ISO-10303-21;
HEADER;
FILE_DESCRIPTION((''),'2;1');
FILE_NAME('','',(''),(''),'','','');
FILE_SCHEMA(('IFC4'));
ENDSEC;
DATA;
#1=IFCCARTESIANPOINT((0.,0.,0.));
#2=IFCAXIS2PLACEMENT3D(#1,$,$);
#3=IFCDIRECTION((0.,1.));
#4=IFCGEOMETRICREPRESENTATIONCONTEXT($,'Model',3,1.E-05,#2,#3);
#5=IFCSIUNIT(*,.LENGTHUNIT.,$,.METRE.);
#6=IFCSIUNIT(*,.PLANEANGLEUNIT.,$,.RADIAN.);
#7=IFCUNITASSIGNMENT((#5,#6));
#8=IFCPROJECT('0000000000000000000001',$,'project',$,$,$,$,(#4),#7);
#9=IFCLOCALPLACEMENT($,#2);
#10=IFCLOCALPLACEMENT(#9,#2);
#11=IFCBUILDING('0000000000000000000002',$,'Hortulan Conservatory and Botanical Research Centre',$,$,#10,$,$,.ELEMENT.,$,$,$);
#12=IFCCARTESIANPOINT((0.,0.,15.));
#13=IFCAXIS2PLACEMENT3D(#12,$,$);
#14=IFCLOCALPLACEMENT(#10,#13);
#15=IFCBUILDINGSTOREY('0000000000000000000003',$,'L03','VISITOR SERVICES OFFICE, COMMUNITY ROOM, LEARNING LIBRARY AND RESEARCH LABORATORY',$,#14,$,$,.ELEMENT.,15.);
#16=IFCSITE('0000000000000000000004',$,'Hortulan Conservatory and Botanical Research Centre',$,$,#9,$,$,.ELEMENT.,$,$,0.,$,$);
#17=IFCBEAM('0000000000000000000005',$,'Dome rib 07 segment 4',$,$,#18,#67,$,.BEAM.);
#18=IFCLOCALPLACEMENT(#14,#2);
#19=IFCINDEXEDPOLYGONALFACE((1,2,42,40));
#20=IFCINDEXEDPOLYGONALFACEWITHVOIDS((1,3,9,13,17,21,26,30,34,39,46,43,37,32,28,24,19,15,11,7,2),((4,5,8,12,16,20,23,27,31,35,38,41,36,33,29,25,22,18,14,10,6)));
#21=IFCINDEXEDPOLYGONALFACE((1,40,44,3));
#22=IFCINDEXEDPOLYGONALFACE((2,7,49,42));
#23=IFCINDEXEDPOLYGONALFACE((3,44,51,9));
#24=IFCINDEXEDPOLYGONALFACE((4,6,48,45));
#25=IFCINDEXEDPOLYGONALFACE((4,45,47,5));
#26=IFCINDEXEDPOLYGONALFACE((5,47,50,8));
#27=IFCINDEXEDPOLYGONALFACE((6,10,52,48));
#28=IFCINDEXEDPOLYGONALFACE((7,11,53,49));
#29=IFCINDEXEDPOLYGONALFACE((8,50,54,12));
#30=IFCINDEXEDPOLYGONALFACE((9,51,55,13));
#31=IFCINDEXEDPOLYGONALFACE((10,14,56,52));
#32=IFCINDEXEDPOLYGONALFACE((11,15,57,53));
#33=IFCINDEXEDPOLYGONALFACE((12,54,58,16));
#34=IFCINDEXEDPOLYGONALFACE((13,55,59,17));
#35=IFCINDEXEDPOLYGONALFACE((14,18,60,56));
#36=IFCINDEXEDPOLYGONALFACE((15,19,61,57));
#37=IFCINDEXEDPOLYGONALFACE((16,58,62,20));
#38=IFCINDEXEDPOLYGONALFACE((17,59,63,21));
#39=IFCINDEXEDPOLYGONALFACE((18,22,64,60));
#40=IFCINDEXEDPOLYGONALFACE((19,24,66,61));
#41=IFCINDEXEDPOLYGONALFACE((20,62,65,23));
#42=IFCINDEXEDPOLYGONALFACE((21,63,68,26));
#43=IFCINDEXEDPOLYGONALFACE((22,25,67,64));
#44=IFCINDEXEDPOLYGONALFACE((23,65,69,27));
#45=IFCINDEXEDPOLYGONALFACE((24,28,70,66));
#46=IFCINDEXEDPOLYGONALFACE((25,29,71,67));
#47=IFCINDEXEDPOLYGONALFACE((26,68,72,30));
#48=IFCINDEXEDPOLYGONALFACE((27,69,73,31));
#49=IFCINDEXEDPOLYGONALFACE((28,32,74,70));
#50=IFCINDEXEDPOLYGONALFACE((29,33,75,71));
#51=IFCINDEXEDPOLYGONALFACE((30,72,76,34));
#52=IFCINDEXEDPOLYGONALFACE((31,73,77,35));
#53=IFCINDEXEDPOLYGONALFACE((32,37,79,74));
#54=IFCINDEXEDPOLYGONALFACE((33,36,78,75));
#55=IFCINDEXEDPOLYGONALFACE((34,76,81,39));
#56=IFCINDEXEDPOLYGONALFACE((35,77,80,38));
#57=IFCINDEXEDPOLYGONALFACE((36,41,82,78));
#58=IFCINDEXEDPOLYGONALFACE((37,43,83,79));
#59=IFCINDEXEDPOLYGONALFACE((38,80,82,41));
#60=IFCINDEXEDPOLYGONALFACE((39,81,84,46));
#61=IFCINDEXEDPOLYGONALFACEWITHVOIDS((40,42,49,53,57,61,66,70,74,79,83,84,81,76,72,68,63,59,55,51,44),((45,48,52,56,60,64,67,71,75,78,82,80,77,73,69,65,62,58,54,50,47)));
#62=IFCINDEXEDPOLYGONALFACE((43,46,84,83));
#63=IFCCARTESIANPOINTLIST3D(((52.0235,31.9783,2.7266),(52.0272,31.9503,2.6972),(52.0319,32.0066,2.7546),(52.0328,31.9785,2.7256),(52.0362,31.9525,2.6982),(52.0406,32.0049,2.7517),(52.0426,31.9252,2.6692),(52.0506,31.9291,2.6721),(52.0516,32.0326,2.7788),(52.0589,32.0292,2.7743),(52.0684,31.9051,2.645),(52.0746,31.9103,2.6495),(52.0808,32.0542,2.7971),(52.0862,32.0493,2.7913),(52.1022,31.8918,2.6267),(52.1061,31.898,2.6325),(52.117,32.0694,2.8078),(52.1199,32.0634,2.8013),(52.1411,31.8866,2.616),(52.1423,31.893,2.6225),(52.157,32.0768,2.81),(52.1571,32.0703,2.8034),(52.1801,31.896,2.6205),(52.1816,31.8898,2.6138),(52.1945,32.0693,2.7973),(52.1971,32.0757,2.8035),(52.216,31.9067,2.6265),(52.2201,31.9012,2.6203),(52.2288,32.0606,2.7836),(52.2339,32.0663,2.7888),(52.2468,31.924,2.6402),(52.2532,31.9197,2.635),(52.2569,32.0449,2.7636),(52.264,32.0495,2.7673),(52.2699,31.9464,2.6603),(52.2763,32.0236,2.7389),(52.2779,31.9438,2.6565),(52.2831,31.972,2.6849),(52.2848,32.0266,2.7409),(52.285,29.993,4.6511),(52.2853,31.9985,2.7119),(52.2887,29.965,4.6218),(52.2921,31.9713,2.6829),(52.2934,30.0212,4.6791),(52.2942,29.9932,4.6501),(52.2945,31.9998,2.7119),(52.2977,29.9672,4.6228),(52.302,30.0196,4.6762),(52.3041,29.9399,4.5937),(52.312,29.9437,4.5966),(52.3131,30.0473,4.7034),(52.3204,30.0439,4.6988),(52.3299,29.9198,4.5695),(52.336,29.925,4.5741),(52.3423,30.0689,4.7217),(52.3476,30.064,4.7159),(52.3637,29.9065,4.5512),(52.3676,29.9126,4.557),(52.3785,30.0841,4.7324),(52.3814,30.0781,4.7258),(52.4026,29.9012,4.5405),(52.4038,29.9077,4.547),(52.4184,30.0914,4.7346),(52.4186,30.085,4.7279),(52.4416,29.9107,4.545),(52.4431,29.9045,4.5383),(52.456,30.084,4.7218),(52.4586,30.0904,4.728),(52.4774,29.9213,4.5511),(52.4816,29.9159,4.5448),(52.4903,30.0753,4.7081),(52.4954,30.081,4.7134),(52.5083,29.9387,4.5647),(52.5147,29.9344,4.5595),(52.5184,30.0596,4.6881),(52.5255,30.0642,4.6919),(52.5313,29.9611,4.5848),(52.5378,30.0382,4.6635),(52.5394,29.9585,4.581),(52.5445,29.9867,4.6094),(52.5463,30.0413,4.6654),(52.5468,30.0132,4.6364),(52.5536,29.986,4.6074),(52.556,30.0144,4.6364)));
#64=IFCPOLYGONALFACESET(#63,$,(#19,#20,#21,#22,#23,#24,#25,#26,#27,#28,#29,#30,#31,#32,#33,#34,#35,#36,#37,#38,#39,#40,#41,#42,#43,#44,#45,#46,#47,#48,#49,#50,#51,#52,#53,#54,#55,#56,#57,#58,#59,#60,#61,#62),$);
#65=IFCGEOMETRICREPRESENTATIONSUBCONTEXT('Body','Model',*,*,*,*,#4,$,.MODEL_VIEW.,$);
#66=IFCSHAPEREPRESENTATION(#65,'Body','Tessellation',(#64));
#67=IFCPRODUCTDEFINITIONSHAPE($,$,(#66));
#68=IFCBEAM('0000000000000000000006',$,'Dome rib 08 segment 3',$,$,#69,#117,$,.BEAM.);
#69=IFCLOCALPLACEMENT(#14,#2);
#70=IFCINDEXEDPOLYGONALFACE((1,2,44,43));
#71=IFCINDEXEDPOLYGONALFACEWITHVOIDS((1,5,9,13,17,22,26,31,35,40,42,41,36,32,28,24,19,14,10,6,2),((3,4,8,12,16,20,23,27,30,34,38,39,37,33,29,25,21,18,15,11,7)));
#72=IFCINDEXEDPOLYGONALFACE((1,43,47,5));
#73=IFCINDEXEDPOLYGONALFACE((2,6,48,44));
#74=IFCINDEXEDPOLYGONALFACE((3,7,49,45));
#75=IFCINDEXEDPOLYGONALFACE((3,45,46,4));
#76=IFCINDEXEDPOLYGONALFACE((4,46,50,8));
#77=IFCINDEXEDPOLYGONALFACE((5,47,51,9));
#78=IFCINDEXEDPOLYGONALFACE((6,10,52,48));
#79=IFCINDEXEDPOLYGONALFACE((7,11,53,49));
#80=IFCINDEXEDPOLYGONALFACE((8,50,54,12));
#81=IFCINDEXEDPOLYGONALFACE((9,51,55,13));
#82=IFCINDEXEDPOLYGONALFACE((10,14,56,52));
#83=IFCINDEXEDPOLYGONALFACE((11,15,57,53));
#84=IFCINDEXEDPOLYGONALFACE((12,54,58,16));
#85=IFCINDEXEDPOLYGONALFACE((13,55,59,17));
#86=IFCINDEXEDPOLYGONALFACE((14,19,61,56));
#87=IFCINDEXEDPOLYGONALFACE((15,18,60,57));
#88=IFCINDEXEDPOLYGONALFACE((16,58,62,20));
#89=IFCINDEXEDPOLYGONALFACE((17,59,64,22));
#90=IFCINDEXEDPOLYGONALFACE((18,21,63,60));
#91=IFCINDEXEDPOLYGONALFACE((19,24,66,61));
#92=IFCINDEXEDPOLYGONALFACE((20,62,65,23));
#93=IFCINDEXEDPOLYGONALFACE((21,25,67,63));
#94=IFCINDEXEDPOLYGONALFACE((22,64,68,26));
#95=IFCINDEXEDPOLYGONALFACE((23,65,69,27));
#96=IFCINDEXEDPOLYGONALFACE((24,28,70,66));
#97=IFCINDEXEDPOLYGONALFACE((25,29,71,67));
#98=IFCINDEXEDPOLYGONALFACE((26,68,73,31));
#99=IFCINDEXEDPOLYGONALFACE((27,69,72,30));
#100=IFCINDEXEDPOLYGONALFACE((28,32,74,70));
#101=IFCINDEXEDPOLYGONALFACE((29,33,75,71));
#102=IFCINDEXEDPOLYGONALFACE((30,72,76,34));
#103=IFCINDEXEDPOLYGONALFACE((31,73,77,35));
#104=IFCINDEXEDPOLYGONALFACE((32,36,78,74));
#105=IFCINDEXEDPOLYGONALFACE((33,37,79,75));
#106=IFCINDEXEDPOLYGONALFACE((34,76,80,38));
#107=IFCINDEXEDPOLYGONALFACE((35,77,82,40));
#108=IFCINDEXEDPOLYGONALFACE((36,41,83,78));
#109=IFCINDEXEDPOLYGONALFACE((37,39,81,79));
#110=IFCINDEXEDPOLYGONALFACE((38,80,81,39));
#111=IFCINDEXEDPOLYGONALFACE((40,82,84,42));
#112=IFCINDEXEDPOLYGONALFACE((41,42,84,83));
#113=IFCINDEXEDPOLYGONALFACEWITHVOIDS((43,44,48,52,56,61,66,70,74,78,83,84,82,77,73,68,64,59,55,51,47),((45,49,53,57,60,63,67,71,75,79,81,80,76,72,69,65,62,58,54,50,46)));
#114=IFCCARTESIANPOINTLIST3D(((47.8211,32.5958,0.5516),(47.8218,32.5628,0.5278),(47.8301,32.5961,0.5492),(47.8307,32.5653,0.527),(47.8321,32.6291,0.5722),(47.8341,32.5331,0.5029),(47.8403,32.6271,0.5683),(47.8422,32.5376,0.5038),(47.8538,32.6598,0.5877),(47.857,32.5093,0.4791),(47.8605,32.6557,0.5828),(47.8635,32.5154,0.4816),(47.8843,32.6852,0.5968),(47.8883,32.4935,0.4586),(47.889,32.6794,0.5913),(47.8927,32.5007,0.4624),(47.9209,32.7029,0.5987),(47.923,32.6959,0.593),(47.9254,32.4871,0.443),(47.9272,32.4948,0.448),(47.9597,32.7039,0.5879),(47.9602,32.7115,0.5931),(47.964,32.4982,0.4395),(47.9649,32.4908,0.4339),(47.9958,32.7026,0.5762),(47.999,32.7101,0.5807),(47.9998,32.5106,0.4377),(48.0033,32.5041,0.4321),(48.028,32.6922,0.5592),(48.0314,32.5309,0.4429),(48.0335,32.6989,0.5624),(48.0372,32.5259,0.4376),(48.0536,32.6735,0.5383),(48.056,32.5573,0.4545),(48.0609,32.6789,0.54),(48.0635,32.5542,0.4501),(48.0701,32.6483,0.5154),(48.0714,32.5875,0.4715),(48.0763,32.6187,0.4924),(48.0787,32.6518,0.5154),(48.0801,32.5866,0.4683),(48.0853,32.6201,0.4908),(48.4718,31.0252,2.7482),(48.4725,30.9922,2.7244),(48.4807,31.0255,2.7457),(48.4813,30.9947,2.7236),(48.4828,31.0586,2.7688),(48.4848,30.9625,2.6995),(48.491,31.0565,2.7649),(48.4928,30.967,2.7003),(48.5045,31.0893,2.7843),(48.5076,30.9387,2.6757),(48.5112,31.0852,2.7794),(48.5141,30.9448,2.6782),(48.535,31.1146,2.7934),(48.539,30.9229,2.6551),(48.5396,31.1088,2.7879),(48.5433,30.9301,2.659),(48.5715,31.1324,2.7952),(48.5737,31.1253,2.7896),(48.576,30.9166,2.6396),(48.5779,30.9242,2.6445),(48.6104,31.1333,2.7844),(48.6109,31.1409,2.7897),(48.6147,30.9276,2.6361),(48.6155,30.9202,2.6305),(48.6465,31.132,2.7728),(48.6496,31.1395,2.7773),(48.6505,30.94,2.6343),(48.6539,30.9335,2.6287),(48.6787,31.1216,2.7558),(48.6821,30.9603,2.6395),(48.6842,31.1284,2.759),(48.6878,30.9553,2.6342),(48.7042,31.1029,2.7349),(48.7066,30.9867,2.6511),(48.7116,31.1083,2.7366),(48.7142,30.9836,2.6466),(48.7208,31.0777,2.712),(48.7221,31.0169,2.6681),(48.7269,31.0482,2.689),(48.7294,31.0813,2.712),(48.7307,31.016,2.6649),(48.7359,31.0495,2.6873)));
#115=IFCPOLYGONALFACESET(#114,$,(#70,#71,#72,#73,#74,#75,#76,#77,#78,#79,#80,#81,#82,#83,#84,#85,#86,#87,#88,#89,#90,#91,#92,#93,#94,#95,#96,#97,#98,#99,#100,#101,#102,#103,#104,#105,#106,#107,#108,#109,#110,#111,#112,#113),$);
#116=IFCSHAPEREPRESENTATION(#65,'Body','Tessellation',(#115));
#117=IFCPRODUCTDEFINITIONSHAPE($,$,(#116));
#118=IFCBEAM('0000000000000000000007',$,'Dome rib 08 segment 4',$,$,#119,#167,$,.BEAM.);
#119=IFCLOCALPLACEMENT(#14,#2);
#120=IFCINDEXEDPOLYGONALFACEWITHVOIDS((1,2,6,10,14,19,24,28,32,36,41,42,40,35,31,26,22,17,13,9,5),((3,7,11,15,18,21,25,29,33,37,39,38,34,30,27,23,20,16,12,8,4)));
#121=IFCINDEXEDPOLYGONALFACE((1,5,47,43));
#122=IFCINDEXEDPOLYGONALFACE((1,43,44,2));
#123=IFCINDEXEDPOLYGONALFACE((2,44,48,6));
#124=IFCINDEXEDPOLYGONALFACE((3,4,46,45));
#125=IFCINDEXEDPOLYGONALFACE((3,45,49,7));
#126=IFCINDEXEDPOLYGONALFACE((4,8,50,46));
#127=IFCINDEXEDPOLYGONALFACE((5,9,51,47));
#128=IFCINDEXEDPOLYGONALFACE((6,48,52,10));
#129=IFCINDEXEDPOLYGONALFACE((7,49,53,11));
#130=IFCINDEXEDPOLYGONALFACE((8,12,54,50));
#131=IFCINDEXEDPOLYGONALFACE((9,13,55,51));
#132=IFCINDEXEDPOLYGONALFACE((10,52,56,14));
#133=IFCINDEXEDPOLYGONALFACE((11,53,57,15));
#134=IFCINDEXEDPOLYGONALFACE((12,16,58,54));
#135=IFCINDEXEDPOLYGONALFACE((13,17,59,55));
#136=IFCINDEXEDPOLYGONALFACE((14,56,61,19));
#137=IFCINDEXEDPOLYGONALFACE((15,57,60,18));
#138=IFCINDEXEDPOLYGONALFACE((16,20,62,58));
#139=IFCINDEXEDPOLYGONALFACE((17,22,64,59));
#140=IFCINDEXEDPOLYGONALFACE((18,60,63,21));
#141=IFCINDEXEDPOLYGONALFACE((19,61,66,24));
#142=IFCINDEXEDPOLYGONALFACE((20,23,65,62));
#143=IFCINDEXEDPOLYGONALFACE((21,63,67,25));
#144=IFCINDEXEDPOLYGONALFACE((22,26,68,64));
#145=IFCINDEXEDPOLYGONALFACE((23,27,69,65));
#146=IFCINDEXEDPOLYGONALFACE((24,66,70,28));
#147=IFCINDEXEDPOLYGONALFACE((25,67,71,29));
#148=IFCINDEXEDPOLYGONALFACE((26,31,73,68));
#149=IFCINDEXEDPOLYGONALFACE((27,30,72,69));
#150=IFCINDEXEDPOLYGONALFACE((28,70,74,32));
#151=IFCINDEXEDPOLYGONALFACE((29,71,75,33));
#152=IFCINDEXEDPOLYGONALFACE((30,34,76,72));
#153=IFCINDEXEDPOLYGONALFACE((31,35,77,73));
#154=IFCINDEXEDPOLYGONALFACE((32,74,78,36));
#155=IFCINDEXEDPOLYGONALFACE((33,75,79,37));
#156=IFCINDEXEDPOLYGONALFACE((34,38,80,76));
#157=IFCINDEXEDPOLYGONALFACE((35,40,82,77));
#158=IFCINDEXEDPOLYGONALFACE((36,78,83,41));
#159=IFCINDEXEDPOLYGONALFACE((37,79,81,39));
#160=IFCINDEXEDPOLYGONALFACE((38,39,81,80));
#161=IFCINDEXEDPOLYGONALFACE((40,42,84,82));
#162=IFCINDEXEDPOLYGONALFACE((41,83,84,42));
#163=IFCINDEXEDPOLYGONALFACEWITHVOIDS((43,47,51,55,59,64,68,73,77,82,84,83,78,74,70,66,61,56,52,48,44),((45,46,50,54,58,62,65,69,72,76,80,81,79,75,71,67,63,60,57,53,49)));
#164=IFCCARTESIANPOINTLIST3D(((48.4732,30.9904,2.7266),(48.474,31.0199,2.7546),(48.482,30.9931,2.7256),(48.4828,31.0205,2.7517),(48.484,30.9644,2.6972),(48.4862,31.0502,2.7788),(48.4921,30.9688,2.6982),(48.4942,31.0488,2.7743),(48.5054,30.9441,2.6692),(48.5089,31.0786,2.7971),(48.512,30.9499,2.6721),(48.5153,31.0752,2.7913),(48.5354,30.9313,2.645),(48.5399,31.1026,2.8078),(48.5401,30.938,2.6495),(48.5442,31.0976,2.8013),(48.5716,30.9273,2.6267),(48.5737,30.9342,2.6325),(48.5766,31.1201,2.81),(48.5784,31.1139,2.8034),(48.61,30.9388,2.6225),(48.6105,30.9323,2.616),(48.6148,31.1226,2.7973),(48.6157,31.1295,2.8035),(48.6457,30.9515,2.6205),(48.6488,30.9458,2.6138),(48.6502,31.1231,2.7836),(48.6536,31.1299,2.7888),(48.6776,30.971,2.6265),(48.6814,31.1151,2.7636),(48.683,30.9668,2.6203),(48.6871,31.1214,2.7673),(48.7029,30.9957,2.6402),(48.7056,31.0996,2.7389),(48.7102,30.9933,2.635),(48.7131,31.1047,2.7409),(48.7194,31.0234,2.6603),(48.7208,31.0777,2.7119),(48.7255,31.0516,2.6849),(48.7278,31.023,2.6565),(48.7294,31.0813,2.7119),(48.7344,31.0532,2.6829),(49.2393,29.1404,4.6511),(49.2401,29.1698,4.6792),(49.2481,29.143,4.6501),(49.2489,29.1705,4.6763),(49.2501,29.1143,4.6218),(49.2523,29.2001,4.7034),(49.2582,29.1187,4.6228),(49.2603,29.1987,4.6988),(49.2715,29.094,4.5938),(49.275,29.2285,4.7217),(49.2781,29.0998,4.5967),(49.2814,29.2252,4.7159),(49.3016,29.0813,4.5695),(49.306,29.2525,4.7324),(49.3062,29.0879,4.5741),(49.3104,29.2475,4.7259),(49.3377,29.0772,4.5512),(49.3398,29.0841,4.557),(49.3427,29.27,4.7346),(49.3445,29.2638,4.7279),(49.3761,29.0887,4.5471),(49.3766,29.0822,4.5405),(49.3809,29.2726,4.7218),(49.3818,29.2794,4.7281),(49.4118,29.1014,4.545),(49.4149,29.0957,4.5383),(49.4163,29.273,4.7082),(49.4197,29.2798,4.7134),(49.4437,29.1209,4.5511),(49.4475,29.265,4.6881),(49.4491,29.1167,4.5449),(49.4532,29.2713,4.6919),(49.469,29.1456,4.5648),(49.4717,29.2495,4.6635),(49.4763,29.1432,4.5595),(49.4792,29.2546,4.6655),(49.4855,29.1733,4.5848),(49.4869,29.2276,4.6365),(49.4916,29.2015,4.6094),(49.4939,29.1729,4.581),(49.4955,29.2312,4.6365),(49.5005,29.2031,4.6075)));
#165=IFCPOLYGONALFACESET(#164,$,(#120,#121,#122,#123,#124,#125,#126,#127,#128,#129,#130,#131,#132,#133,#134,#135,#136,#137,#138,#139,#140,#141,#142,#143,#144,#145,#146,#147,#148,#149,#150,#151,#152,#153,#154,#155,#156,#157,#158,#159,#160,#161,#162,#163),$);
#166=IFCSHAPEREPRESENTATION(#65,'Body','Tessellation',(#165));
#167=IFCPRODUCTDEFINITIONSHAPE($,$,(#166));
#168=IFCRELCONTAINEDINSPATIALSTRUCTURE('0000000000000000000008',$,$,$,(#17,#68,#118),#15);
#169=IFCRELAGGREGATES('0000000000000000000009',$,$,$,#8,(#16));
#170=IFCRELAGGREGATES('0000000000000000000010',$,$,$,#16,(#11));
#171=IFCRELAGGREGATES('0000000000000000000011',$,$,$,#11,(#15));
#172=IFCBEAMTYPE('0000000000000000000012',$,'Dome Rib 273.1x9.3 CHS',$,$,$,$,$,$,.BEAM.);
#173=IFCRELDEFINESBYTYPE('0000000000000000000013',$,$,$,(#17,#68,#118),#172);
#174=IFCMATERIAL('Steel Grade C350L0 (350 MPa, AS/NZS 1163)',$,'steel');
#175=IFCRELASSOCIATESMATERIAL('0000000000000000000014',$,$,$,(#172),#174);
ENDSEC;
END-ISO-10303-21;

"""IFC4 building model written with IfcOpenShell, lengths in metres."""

from ifc_helpers import new_model, si_unit, direction, frame, origin, origin_2d, place, context, subcontext, project, spatial, hollow_circle, extrude, material, material_profile, profile_set, type_object, element, save


model = new_model("IFC4")

# Units and contexts
model_context = context("Model", 3, precision=1e-05, world=origin(), true_north=direction((0.0, 1.0)))
body_context = subcontext(model_context, "Body", "Model", "MODEL_VIEW")
ifc_project = project(units=[si_unit("LENGTHUNIT", "METRE"), si_unit("PLANEANGLEUNIT", "RADIAN")], contexts=[model_context])

# Site, building, storey
site_placement = place(None, origin())
site = spatial("IfcSite", under=ifc_project, at=site_placement, Name="Hortulan Conservatory and Botanical Research Centre", CompositionType="ELEMENT", RefElevation=0.0)
building_placement = place(site_placement, origin())
building = spatial("IfcBuilding", under=site, at=building_placement, Name="Hortulan Conservatory and Botanical Research Centre", CompositionType="ELEMENT")
storey_placement = place(building_placement, frame((0.0, 0.0, 15.0)))
storey = spatial("IfcBuildingStorey", under=building, at=storey_placement, Name="L03", Description="VISITOR SERVICES OFFICE, COMMUNITY ROOM, LEARNING LIBRARY AND RESEARCH LABORATORY", CompositionType="ELEMENT", Elevation=15.0)

# Beams
ifc_material_1 = material(Name="Steel Grade C350L0 (350 MPa, AS/NZS 1163)", Category="steel")
ifc_material_profile_1 = material_profile(ifc_material_1, hollow_circle(Radius=0.1365, WallThickness=0.0093, at=origin_2d()), Name="273.1x9.3CHS")
ifc_profile_set_1 = profile_set([ifc_material_profile_1], Name="Steel Grade C350L0 (350 MPa, AS/NZS 1163)")
beam_type = type_object("IfcBeamType", Name="Dome Rib 273.1x9.3 CHS", PredefinedType="BEAM", material=ifc_profile_set_1)
for number, where, z_axis, x_axis, name in (
    (1, (52.1592, 31.9819, 2.7119), (0.094144, -0.714825, 0.692937), (0.991439, 0.130574, 0.0), "Dome rib 07 segment 4"),
):
    element("IfcBeam", number, at=place(storey_placement, frame(where, z_axis=z_axis, x_axis=x_axis)), inside=storey, type_object=beam_type, Name=name, PredefinedType="BEAM", context=body_context, shape_type="SweptSolid", body=[
        extrude(hollow_circle(Radius=0.1365, WallThickness=0.0093, at=origin_2d()), origin(), (0.0, 0.0, 1.0), 2.7773),
    ])
beam_1_placement = place(storey_placement, frame((47.9526, 32.5996, 0.5154), z_axis=(0.234249, -0.565449, 0.790819), x_axis=(0.923861, 0.382728, 0.0)))
element("IfcBeam", 2, at=beam_1_placement, inside=storey, type_object=beam_type, Name="Dome rib 08 segment 3", PredefinedType="BEAM", context=body_context, shape_type="SweptSolid", body=[
    extrude(hollow_circle(Radius=0.1365, WallThickness=0.0093, at=origin_2d()), origin(), (0.0, 0.0, 1.0), 2.7776),
])
beam_2_placement = place(storey_placement, frame((48.6033, 31.0291, 2.7119), z_axis=(0.275842, -0.666136, 0.692946), x_axis=(0.923919, 0.382589, 0.0)))
element("IfcBeam", 3, at=beam_2_placement, inside=storey, type_object=beam_type, Name="Dome rib 08 segment 4", PredefinedType="BEAM", context=body_context, shape_type="SweptSolid", body=[
    extrude(hollow_circle(Radius=0.1365, WallThickness=0.0093, at=origin_2d()), origin(), (0.0, 0.0, 1.0), 2.7773),
])

save(model, "model.ifc")
